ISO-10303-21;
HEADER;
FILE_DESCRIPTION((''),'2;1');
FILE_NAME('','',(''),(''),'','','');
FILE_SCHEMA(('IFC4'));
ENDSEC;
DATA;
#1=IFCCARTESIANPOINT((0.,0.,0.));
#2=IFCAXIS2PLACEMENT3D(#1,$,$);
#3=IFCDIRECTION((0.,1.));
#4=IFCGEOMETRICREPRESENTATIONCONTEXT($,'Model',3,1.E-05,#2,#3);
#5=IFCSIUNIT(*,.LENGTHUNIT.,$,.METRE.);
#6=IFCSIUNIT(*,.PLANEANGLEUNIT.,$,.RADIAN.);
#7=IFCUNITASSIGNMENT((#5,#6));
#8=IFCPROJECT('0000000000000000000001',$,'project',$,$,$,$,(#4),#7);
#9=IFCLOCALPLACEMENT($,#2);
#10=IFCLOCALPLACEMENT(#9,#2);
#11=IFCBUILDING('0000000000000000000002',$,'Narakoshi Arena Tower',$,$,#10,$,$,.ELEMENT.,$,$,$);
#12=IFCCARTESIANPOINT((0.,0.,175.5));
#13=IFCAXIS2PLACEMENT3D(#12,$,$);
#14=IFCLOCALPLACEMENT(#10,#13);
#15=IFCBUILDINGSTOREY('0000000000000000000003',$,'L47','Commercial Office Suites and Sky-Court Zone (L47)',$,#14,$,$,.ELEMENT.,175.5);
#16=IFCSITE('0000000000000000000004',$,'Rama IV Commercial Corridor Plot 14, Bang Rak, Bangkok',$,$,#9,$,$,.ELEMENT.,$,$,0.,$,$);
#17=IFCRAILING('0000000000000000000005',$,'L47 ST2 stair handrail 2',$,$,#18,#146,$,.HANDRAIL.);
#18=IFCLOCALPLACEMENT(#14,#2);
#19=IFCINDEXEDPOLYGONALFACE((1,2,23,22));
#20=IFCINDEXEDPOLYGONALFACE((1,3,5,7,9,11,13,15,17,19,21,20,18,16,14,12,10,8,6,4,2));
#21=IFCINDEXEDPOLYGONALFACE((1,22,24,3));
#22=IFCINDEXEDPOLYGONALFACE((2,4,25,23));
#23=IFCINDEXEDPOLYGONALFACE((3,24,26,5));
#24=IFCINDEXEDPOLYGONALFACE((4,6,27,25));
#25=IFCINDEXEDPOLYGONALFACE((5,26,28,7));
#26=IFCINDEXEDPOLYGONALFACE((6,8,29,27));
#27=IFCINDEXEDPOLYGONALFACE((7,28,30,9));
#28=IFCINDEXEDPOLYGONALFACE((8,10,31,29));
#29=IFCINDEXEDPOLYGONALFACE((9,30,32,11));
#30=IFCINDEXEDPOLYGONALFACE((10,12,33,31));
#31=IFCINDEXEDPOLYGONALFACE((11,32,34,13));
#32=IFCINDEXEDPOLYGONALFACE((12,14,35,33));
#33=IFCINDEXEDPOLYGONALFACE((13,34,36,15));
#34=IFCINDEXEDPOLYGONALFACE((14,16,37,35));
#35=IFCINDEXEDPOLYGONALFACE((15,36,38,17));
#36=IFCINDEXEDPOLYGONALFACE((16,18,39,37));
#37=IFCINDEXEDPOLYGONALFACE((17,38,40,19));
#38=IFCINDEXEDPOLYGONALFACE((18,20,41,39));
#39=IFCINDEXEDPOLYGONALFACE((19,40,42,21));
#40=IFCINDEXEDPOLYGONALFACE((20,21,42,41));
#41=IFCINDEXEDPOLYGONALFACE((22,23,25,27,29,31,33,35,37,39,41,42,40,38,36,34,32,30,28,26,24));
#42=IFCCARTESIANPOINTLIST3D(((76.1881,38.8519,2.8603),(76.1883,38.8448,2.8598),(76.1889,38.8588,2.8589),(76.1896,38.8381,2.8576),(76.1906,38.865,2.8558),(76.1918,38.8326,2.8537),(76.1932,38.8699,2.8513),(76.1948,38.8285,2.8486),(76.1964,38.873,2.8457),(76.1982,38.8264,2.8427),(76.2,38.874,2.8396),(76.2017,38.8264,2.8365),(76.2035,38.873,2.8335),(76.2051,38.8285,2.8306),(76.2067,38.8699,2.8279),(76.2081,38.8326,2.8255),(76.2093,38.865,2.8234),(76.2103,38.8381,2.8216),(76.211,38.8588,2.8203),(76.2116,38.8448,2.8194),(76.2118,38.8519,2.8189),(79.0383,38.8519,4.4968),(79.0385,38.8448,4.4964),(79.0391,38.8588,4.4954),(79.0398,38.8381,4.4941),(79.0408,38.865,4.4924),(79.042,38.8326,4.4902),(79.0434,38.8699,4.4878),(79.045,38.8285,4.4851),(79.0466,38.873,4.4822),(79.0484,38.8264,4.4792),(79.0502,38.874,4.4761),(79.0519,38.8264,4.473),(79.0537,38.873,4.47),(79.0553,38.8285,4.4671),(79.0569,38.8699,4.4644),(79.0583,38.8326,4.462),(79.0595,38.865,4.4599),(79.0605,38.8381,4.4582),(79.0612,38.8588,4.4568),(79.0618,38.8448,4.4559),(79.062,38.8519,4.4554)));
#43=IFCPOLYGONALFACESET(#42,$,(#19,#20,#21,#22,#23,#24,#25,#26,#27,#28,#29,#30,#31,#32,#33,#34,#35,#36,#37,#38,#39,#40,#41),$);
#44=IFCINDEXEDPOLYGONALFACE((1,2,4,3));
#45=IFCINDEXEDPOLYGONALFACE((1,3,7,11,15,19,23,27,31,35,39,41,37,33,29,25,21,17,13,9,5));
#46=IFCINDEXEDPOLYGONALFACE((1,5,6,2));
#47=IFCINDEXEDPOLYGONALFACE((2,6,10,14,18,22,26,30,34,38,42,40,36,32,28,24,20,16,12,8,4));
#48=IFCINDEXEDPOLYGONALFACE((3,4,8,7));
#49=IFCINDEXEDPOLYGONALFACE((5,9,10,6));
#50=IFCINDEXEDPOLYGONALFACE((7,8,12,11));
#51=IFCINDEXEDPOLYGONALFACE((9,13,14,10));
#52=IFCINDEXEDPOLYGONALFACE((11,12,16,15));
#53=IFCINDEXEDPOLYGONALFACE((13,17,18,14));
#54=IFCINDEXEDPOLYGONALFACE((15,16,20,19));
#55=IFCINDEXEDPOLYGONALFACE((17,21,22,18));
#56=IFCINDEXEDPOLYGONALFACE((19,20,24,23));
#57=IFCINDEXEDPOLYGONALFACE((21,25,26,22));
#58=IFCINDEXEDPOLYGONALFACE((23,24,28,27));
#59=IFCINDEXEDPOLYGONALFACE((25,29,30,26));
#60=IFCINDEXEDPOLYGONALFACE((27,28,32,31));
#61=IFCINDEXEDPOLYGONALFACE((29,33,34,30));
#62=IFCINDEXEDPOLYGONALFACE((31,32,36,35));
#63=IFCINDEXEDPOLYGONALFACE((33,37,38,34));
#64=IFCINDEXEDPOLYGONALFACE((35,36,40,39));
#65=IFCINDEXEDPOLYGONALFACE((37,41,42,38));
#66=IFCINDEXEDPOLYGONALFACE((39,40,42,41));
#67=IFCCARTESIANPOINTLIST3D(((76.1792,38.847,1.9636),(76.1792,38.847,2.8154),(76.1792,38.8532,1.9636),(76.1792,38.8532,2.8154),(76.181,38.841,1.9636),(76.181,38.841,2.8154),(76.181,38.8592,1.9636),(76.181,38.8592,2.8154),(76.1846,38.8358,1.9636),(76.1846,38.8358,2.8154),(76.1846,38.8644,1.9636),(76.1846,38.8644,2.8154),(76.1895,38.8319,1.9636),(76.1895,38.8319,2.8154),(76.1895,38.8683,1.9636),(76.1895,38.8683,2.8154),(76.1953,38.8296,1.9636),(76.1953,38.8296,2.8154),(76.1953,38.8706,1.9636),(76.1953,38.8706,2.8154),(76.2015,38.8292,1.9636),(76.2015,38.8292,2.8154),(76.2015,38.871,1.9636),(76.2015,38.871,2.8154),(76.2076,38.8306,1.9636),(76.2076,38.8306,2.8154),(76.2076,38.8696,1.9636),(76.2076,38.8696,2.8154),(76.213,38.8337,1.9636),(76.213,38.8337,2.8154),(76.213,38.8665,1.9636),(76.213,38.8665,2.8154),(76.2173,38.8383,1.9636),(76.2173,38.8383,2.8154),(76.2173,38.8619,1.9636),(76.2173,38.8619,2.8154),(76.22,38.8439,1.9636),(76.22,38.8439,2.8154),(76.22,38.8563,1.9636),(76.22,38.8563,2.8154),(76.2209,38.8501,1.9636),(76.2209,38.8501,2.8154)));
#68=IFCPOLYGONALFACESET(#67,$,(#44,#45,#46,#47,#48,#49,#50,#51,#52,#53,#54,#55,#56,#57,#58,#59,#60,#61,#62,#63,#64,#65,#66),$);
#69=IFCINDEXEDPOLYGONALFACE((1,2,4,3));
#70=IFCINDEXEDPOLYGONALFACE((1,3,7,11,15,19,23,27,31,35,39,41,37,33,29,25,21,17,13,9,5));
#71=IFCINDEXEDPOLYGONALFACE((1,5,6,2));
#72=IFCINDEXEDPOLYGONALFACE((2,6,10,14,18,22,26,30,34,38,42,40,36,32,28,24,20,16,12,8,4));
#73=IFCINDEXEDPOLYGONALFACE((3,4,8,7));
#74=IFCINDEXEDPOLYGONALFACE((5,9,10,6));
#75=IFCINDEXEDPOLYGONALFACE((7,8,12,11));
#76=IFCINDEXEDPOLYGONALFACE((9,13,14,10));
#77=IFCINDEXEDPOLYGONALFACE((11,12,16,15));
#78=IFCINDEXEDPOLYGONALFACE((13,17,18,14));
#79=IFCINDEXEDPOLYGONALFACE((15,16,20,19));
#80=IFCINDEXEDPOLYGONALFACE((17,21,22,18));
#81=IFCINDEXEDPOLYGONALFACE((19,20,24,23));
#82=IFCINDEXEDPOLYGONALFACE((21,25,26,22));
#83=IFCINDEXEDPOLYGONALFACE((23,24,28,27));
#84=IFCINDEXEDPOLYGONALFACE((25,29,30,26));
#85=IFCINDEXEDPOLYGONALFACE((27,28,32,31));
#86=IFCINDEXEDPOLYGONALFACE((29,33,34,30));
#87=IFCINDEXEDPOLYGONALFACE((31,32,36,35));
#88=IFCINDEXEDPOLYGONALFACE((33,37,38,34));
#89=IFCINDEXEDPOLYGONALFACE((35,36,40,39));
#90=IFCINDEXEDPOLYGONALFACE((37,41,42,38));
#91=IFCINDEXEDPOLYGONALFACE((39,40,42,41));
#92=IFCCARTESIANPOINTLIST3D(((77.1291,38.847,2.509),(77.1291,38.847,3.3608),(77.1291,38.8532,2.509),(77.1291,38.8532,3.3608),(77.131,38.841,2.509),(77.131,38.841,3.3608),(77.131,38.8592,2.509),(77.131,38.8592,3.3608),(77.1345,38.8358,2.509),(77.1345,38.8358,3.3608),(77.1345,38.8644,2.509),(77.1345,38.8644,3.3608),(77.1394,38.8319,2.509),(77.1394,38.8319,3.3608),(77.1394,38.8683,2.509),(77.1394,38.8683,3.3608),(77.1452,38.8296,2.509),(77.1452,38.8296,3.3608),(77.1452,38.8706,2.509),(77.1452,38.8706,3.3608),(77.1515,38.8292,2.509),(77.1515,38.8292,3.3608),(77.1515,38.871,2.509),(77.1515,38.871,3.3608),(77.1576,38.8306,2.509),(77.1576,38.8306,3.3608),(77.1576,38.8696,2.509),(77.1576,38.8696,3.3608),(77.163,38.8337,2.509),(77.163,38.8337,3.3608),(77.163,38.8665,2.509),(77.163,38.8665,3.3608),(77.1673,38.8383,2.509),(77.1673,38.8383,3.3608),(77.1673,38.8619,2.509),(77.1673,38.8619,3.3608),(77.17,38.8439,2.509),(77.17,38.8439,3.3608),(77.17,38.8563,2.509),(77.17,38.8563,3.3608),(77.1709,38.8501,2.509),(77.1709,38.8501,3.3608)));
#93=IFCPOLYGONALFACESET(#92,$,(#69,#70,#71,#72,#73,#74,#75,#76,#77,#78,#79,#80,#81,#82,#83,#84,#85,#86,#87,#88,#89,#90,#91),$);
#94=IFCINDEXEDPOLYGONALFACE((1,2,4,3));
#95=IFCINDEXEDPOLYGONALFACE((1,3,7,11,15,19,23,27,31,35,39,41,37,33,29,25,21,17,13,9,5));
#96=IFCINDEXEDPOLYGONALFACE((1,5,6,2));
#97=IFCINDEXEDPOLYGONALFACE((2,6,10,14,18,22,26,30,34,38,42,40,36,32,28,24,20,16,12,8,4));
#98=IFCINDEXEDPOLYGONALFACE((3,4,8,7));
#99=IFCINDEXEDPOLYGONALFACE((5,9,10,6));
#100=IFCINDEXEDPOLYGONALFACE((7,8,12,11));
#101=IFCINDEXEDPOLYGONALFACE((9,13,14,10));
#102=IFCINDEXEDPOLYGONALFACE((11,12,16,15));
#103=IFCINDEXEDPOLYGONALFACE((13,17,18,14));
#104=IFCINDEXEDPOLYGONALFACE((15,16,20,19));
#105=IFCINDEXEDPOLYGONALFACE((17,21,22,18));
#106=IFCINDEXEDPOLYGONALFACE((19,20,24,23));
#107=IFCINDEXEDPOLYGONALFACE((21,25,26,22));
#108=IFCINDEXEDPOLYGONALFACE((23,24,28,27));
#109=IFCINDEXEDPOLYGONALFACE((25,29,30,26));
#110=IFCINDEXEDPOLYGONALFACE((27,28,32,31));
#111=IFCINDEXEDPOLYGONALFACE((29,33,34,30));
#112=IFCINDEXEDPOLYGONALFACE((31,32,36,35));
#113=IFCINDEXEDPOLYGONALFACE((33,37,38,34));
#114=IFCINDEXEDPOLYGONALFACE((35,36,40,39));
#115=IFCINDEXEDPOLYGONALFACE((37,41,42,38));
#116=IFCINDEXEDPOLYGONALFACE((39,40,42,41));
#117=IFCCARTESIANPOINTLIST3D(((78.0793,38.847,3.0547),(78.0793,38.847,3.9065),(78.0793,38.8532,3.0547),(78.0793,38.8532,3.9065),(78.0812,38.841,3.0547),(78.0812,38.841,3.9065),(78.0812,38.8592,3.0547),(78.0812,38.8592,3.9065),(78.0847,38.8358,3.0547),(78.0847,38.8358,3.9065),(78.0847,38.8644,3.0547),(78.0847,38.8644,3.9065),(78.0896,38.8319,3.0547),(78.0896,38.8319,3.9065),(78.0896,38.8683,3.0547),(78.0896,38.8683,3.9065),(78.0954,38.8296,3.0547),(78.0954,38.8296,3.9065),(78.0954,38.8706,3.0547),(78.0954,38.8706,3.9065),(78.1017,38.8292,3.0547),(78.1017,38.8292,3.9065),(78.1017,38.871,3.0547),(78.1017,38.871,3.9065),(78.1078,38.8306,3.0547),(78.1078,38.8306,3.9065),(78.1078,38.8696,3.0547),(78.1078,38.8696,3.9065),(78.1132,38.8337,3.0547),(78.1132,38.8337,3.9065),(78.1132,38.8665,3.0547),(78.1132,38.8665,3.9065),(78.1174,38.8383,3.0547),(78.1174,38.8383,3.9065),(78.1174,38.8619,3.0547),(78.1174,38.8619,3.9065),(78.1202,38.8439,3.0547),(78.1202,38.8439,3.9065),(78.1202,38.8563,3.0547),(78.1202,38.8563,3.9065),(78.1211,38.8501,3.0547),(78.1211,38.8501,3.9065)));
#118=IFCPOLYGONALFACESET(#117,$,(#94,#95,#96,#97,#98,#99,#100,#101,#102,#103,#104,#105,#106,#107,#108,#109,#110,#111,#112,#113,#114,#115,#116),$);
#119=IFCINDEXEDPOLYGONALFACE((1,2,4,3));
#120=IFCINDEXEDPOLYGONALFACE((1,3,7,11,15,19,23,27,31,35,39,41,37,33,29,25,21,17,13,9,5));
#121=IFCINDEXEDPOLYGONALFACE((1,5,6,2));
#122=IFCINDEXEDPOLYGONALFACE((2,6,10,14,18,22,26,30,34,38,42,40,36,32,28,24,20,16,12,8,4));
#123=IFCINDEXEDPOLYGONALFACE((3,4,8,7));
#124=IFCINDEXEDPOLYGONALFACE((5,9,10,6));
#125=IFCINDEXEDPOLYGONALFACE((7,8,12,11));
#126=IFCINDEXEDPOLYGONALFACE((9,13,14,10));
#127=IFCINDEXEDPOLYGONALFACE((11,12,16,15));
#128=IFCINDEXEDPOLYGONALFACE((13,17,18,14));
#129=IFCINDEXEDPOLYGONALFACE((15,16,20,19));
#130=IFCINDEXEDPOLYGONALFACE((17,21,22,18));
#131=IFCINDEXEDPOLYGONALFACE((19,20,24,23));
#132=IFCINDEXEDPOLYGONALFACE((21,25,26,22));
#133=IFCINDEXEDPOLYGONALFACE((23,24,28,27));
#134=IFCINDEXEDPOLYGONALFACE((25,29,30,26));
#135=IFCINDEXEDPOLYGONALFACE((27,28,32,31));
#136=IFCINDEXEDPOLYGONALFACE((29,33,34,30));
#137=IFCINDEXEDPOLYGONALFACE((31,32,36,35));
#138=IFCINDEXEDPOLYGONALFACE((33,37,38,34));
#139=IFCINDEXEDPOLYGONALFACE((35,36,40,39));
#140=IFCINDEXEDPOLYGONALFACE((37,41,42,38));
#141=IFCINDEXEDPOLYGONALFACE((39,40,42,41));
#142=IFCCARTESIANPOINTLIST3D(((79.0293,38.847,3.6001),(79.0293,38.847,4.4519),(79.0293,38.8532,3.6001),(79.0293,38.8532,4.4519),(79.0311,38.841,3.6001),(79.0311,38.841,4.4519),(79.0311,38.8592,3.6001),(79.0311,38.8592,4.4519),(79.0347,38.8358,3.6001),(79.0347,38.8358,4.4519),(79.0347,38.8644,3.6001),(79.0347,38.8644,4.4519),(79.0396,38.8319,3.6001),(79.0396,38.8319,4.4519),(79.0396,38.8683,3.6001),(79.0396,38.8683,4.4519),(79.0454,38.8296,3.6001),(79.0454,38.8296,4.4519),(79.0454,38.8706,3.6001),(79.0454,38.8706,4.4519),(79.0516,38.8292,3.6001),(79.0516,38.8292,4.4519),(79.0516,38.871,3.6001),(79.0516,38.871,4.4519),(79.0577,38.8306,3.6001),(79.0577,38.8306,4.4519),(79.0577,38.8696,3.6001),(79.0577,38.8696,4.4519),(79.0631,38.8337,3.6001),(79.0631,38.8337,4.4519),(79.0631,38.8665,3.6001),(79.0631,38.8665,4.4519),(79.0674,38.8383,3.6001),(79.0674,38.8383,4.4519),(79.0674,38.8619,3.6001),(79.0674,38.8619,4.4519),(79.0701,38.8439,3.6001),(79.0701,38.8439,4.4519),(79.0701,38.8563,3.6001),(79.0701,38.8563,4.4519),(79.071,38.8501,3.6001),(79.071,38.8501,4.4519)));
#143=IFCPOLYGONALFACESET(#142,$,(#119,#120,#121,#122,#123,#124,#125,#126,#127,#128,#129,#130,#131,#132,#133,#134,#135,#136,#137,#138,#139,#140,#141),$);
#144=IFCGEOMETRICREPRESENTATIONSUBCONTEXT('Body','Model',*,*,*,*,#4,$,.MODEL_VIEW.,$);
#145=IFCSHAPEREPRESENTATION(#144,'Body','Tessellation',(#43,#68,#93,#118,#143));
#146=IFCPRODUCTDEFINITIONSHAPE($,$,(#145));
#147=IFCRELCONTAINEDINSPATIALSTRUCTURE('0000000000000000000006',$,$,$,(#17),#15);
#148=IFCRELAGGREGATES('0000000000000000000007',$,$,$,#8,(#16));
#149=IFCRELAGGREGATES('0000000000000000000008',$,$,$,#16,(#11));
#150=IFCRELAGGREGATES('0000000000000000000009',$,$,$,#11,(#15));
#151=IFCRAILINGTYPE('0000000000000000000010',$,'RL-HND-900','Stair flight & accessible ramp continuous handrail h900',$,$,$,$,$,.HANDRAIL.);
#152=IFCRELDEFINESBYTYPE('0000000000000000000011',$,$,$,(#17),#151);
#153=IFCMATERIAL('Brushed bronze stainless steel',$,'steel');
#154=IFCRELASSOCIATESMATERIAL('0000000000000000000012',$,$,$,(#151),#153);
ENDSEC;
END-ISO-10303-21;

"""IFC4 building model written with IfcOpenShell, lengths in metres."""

from ifc_helpers import new_model, si_unit, direction, frame, origin, origin_2d, place, context, subcontext, project, spatial, circle, extrude, material, type_object, element, save


model = new_model("IFC4")

# Units and contexts
model_context = context("Model", 3, precision=1e-05, world=origin(), true_north=direction((0.0, 1.0)))
body_context = subcontext(model_context, "Body", "Model", "MODEL_VIEW")
ifc_project = project(units=[si_unit("LENGTHUNIT", "METRE"), si_unit("PLANEANGLEUNIT", "RADIAN")], contexts=[model_context])

# Site, building, storey
site_placement = place(None, origin())
site = spatial("IfcSite", under=ifc_project, at=site_placement, Name="Rama IV Commercial Corridor Plot 14, Bang Rak, Bangkok", CompositionType="ELEMENT", RefElevation=0.0)
building_placement = place(site_placement, origin())
building = spatial("IfcBuilding", under=site, at=building_placement, Name="Narakoshi Arena Tower", CompositionType="ELEMENT")
storey_placement = place(building_placement, frame((0.0, 0.0, 175.5)))
storey = spatial("IfcBuildingStorey", under=building, at=storey_placement, Name="L47", Description="Commercial Office Suites and Sky-Court Zone (L47)", CompositionType="ELEMENT", Elevation=175.5)

# Railing
ifc_material_1 = material(Name="Brushed bronze stainless steel", Category="steel")
railing_type_1 = type_object("IfcRailingType", Name="RL-HND-900", Description="Stair flight & accessible ramp continuous handrail h900", PredefinedType="HANDRAIL", material=ifc_material_1)
for number, where, name in (
    (1, (76.2, 38.8501, 1.9636), "L47 ST2 stair handrail 2"),
):
    element("IfcRailing", number, at=place(storey_placement, frame(where)), inside=storey, type_object=railing_type_1, Name=name, PredefinedType="HANDRAIL", context=body_context, shape_type="SweptSolid", body=[
        extrude(circle(Radius=0.0239, at=origin_2d()), frame((0.0, 0.0, 0.876), z_axis=(0.867213, 0.0, 0.497938), x_axis=(0.0, 1.0, 0.0)), (0.0, 0.0, 1.0), 3.2866),
        extrude(circle(Radius=0.021, at=origin_2d()), origin(), (0.0, 0.0, 1.0), 0.8518),
        extrude(circle(Radius=0.021, at=origin_2d()), frame((0.95, 0.0, 0.5454)), (0.0, 0.0, 1.0), 0.8518),
        extrude(circle(Radius=0.021, at=origin_2d()), frame((1.9001, 0.0, 1.0911)), (0.0, 0.0, 1.0), 0.8518),
        extrude(circle(Radius=0.021, at=origin_2d()), frame((2.8501, 0.0, 1.6365)), (0.0, 0.0, 1.0), 0.8518),
    ])

save(model, "model.ifc")
